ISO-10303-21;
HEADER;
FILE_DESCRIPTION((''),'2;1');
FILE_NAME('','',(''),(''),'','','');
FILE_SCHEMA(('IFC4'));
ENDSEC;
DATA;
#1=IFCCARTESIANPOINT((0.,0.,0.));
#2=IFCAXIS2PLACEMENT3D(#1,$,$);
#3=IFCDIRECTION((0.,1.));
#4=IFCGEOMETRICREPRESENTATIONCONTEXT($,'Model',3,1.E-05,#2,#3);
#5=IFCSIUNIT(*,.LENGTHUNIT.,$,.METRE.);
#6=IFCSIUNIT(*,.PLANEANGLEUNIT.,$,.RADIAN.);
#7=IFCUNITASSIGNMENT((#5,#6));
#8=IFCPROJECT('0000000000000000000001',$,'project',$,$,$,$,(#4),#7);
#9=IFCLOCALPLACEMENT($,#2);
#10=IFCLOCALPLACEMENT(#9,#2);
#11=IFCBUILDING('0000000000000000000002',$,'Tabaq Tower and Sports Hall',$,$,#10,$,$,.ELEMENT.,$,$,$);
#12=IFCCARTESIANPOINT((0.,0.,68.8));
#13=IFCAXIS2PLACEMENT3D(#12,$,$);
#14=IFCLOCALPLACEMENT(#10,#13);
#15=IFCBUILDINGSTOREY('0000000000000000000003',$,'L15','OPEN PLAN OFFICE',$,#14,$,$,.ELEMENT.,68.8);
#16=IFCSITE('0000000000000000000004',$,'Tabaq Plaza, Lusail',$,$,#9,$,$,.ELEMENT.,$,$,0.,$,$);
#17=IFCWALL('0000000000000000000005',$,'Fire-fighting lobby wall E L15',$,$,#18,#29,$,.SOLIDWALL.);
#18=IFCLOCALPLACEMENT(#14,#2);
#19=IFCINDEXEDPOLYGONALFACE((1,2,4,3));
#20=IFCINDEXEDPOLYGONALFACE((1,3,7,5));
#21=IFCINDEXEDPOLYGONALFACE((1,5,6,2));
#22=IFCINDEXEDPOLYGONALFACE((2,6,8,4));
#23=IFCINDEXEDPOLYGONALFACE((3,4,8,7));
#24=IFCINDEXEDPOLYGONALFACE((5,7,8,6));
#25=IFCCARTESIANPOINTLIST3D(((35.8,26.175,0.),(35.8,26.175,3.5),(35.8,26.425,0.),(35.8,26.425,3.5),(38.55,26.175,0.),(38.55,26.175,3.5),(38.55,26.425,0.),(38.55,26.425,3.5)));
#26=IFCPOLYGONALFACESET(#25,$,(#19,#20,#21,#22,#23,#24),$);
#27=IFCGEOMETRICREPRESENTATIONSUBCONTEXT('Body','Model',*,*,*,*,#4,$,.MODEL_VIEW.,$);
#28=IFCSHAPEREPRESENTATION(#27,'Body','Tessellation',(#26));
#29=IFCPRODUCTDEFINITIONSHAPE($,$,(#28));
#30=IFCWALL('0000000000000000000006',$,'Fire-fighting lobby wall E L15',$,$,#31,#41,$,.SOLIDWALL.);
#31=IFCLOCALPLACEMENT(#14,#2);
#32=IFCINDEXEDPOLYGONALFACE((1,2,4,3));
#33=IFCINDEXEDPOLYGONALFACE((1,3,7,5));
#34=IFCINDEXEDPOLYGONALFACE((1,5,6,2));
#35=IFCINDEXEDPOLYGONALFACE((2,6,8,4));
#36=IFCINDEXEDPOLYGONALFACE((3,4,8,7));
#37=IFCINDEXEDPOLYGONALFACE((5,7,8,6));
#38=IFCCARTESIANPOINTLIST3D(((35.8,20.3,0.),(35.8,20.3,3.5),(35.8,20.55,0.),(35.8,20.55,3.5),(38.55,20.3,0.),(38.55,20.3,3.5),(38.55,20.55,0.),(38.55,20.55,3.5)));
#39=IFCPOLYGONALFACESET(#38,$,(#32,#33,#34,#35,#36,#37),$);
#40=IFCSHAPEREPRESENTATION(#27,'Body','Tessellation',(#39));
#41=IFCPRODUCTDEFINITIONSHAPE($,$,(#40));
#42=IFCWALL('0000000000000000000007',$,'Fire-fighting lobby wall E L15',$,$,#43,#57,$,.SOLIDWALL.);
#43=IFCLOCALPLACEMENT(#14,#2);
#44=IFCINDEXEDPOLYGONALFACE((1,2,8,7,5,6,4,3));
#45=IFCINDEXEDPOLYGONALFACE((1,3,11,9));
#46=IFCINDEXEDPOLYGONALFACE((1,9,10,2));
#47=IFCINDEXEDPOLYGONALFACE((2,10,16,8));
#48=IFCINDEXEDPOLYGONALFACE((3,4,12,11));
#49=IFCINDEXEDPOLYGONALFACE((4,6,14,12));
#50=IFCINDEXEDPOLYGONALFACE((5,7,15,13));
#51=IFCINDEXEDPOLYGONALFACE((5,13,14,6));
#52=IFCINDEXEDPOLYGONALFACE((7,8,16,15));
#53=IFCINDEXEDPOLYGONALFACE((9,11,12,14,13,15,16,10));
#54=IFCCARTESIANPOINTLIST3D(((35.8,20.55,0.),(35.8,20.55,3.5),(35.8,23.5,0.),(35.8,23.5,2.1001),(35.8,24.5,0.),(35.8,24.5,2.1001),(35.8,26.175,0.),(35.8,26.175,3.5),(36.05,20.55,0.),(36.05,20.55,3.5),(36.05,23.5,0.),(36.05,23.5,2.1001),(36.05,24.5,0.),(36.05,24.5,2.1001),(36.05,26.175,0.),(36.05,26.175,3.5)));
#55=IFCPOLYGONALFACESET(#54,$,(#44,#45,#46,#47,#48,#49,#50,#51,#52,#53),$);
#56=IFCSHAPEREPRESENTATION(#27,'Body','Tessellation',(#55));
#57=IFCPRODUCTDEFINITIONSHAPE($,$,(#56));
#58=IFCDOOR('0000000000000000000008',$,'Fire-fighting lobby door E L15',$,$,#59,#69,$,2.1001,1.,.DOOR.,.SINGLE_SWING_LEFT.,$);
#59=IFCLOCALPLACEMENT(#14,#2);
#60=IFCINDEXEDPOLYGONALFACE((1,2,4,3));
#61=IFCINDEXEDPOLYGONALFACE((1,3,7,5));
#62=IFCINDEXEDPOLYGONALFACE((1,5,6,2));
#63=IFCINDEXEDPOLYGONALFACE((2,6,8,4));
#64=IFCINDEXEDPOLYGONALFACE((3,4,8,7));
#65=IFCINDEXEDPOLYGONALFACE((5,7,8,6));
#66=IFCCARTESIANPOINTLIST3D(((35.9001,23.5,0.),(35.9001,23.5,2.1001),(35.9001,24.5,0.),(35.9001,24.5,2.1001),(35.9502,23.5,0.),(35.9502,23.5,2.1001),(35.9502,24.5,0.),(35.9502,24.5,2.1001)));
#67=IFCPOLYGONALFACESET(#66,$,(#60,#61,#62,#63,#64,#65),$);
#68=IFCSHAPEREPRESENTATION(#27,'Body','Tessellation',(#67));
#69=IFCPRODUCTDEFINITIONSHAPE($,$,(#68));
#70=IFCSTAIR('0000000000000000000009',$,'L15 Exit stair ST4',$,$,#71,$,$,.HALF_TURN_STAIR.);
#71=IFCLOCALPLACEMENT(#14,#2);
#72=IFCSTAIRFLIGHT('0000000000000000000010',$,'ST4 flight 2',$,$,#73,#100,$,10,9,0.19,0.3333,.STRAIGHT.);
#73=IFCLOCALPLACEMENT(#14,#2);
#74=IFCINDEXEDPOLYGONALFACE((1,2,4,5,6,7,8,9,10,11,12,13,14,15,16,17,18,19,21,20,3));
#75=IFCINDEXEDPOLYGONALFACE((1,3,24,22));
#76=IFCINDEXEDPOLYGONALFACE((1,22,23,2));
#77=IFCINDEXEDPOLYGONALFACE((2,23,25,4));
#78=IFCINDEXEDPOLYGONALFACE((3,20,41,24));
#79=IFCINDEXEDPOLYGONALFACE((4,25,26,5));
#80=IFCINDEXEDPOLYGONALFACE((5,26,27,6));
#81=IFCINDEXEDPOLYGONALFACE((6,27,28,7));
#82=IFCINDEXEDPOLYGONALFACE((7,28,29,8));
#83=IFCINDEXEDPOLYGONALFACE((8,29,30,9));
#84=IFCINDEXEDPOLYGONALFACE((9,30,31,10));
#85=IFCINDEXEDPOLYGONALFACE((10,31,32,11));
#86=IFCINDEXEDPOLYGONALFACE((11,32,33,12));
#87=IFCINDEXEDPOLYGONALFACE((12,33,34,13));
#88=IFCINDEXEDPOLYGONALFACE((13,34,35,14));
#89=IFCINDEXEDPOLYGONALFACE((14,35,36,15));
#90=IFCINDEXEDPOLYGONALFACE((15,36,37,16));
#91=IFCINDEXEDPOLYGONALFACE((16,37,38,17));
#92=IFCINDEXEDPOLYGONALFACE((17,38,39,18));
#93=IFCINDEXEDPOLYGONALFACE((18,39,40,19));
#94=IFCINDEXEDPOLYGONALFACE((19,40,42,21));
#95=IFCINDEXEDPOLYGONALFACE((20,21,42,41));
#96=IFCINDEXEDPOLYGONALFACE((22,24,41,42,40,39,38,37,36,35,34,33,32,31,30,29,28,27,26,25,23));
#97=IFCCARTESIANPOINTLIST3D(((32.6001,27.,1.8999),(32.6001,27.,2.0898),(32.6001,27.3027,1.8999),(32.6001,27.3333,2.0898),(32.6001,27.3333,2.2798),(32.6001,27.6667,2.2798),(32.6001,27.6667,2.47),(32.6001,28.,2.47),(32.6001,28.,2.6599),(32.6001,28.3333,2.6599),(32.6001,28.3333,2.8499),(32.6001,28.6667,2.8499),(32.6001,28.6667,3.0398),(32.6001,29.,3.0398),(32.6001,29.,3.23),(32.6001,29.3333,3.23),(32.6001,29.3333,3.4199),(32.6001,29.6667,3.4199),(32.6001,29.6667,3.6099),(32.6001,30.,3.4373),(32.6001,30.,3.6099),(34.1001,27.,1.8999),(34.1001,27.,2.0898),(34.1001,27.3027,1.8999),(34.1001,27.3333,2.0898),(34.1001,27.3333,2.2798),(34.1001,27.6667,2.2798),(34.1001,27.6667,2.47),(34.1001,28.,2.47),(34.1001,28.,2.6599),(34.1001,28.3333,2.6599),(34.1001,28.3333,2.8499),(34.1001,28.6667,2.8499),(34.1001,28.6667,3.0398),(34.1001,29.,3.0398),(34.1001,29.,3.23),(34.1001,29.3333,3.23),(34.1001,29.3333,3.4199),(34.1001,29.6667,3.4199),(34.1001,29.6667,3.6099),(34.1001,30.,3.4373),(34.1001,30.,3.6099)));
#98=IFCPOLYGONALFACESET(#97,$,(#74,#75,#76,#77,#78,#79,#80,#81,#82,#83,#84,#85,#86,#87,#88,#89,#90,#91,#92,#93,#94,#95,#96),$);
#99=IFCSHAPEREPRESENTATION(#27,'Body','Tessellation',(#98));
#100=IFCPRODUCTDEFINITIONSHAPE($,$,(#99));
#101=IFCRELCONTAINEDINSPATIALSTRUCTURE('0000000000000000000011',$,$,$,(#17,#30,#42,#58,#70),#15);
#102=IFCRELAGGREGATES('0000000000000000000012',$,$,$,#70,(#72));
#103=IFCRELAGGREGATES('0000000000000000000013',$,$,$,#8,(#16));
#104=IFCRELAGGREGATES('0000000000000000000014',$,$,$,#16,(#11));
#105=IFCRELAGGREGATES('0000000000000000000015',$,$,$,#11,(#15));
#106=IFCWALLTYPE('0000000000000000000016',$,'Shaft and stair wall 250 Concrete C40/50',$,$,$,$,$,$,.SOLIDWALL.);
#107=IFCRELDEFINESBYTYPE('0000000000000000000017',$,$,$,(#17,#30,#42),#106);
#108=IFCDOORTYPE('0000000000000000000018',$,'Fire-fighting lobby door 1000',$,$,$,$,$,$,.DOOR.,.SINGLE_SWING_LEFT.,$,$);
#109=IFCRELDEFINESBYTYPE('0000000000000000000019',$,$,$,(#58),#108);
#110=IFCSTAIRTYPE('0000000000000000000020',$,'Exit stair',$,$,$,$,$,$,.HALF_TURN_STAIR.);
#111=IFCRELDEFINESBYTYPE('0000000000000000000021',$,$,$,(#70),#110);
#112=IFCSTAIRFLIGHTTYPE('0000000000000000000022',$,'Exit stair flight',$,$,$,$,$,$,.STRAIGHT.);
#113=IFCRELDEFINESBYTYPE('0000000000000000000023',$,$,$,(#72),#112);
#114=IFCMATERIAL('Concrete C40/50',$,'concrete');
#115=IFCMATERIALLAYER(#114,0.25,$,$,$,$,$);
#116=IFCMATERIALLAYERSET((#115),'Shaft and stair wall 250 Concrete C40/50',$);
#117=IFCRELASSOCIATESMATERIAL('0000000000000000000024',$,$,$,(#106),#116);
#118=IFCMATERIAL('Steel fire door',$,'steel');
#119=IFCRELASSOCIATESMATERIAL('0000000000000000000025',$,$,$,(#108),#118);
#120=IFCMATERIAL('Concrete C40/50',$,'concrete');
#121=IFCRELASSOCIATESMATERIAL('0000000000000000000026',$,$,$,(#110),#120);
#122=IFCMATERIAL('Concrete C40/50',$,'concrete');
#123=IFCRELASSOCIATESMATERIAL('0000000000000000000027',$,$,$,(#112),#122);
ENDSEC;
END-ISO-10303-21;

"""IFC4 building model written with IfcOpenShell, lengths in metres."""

from ifc_helpers import new_model, si_unit, direction, frame, frame_2d, origin, place, context, subcontext, project, spatial, polyline, rectangle, outline, extrude, material, layer, layer_set, type_object, element, fill, aggregate, save


model = new_model("IFC4")

# Units and contexts
model_context = context("Model", 3, precision=1e-05, world=origin(), true_north=direction((0.0, 1.0)))
body_context = subcontext(model_context, "Body", "Model", "MODEL_VIEW")
ifc_project = project(units=[si_unit("LENGTHUNIT", "METRE"), si_unit("PLANEANGLEUNIT", "RADIAN")], contexts=[model_context])

# Site, building, storey
site_placement = place(None, origin())
site = spatial("IfcSite", under=ifc_project, at=site_placement, Name="Tabaq Plaza, Lusail", CompositionType="ELEMENT", RefElevation=0.0)
building_placement = place(site_placement, origin())
building = spatial("IfcBuilding", under=site, at=building_placement, Name="Tabaq Tower and Sports Hall", CompositionType="ELEMENT")
storey_placement = place(building_placement, frame((0.0, 0.0, 68.8)))
storey = spatial("IfcBuildingStorey", under=building, at=storey_placement, Name="L15", Description="OPEN PLAN OFFICE", CompositionType="ELEMENT", Elevation=68.8)

# Shared definitions
ifc_material_1 = material(Name="Concrete C40/50", Category="concrete")
ifc_layer_1 = layer(ifc_material_1, 0.25)
ifc_layer_set_1 = layer_set([ifc_layer_1], Name="Shaft and stair wall 250 Concrete C40/50")
wall_type_1 = type_object("IfcWallType", Name="Shaft and stair wall 250 Concrete C40/50", PredefinedType="SOLIDWALL", material=ifc_layer_set_1)

# Walls
for number, where, z_axis, x_axis, name in (
    (1, (35.8, 26.3, 0.0), (0.0, 0.0, 1.0), (1.0, 0.0, 0.0), "Fire-fighting lobby wall E L15"),
    (2, (35.8, 20.425, 0.0), (0.0, 0.0, 1.0), (1.0, 0.0, 0.0), "Fire-fighting lobby wall E L15"),
):
    element("IfcWall", number, at=place(storey_placement, frame(where, z_axis=z_axis, x_axis=x_axis)), inside=storey, type_object=wall_type_1, Name=name, PredefinedType="SOLIDWALL", context=body_context, shape_type="SweptSolid", body=[
        extrude(rectangle(XDim=2.75, YDim=0.25, at=frame_2d((1.375, 0.0))), origin(), (0.0, 0.0, 1.0), 3.5),
    ])

# Wall, opening, door
wall_1_placement = place(storey_placement, frame((35.925, 20.55, 0.0), z_axis=(0.0, 0.0, 1.0), x_axis=(0.0, 1.0, 0.0)))
wall_1 = element("IfcWall", 3, at=wall_1_placement, inside=storey, type_object=wall_type_1, Name="Fire-fighting lobby wall E L15", PredefinedType="SOLIDWALL", context=body_context, shape_type="SweptSolid", body=[
    extrude(rectangle(XDim=5.625, YDim=0.25, at=frame_2d((2.8125, 0.0))), origin(), (0.0, 0.0, 1.0), 3.5),
])
opening_1_placement = place(wall_1_placement, frame((2.95, 0.0, 0.0)))
opening_1 = element("IfcOpeningElement", 4, at=opening_1_placement, cuts=wall_1, PredefinedType="OPENING", context=body_context, shape_type="SweptSolid", body=[
    extrude(rectangle(XDim=1.0, YDim=2.1001, at=frame_2d((0.5, 1.05))), frame((0.0, 0.125, 0.0), z_axis=(0.0, -1.0, 0.0), x_axis=(1.0, 0.0, 0.0)), (0.0, 0.0, 1.0), 0.25),
])
ifc_material_2 = material(Name="Steel fire door", Category="steel")
door_type_1 = type_object("IfcDoorType", Name="Fire-fighting lobby door 1000", OperationType="SINGLE_SWING_LEFT", PredefinedType="DOOR", material=ifc_material_2)
door_1_placement = place(opening_1_placement, origin())
door_1 = element("IfcDoor", 5, at=door_1_placement, inside=storey, type_object=door_type_1, Name="Fire-fighting lobby door E L15", OperationType="SINGLE_SWING_LEFT", OverallHeight=2.1001, OverallWidth=1.0, PredefinedType="DOOR", context=body_context, shape_type="SweptSolid", body=[
    extrude(rectangle(XDim=1.0, YDim=2.1001, at=frame_2d((0.5, 1.05))), frame((0.0, 0.0249, 0.0), z_axis=(0.0, -1.0, 0.0), x_axis=(1.0, 0.0, 0.0)), (0.0, 0.0, 1.0), 0.05),
])
fill(opening_1, door_1)

# Stair, stair flight
ifc_material_3 = material(Name="Concrete C40/50", Category="concrete")
stair_type = type_object("IfcStairType", Name="Exit stair", PredefinedType="HALF_TURN_STAIR", material=ifc_material_3)
stair_placement = place(storey_placement, origin())
stair = element("IfcStair", 6, at=stair_placement, inside=storey, type_object=stair_type, Name="L15 Exit stair ST4", PredefinedType="HALF_TURN_STAIR")
ifc_material_4 = material(Name="Concrete C40/50", Category="concrete")
stair_flight_type = type_object("IfcStairFlightType", Name="Exit stair flight", PredefinedType="STRAIGHT", material=ifc_material_4)
stair_flight_placement = place(storey_placement, frame((33.3501, 27.0, 1.8999), z_axis=(0.0, 0.0, 1.0), x_axis=(0.0, 1.0, 0.0)))
stair_flight = element("IfcStairFlight", 7, at=stair_flight_placement, type_object=stair_flight_type, Name="ST4 flight 2", NumberOfRisers=10, NumberOfTreads=9, PredefinedType="STRAIGHT", RiserHeight=0.19, TreadLength=0.3333, context=body_context, shape_type="SweptSolid", body=[
    extrude(outline(polyline([(0.0, 0.0), (0.0, 0.1899), (0.3333, 0.1899), (0.3333, 0.3799), (0.6667, 0.3799), (0.6667, 0.5701), (1.0, 0.5701), (1.0, 0.76), (1.3333, 0.76), (1.3333, 0.95), (1.6667, 0.95), (1.6667, 1.1399), (2.0, 1.1399), (2.0, 1.3301), (2.3333, 1.3301), (2.3333, 1.52), (2.6667, 1.52), (2.6667, 1.71), (3.0, 1.71), (3.0, 1.8999), (3.0, 1.5374), (0.3027, 0.0), (0.0, 0.0)])), frame((0.0, 0.75, 0.0), z_axis=(0.0, -1.0, 0.0), x_axis=(1.0, 0.0, 0.0)), (0.0, 0.0, 1.0), 1.5),
])
aggregate(stair, [stair_flight])

save(model, "model.ifc")
